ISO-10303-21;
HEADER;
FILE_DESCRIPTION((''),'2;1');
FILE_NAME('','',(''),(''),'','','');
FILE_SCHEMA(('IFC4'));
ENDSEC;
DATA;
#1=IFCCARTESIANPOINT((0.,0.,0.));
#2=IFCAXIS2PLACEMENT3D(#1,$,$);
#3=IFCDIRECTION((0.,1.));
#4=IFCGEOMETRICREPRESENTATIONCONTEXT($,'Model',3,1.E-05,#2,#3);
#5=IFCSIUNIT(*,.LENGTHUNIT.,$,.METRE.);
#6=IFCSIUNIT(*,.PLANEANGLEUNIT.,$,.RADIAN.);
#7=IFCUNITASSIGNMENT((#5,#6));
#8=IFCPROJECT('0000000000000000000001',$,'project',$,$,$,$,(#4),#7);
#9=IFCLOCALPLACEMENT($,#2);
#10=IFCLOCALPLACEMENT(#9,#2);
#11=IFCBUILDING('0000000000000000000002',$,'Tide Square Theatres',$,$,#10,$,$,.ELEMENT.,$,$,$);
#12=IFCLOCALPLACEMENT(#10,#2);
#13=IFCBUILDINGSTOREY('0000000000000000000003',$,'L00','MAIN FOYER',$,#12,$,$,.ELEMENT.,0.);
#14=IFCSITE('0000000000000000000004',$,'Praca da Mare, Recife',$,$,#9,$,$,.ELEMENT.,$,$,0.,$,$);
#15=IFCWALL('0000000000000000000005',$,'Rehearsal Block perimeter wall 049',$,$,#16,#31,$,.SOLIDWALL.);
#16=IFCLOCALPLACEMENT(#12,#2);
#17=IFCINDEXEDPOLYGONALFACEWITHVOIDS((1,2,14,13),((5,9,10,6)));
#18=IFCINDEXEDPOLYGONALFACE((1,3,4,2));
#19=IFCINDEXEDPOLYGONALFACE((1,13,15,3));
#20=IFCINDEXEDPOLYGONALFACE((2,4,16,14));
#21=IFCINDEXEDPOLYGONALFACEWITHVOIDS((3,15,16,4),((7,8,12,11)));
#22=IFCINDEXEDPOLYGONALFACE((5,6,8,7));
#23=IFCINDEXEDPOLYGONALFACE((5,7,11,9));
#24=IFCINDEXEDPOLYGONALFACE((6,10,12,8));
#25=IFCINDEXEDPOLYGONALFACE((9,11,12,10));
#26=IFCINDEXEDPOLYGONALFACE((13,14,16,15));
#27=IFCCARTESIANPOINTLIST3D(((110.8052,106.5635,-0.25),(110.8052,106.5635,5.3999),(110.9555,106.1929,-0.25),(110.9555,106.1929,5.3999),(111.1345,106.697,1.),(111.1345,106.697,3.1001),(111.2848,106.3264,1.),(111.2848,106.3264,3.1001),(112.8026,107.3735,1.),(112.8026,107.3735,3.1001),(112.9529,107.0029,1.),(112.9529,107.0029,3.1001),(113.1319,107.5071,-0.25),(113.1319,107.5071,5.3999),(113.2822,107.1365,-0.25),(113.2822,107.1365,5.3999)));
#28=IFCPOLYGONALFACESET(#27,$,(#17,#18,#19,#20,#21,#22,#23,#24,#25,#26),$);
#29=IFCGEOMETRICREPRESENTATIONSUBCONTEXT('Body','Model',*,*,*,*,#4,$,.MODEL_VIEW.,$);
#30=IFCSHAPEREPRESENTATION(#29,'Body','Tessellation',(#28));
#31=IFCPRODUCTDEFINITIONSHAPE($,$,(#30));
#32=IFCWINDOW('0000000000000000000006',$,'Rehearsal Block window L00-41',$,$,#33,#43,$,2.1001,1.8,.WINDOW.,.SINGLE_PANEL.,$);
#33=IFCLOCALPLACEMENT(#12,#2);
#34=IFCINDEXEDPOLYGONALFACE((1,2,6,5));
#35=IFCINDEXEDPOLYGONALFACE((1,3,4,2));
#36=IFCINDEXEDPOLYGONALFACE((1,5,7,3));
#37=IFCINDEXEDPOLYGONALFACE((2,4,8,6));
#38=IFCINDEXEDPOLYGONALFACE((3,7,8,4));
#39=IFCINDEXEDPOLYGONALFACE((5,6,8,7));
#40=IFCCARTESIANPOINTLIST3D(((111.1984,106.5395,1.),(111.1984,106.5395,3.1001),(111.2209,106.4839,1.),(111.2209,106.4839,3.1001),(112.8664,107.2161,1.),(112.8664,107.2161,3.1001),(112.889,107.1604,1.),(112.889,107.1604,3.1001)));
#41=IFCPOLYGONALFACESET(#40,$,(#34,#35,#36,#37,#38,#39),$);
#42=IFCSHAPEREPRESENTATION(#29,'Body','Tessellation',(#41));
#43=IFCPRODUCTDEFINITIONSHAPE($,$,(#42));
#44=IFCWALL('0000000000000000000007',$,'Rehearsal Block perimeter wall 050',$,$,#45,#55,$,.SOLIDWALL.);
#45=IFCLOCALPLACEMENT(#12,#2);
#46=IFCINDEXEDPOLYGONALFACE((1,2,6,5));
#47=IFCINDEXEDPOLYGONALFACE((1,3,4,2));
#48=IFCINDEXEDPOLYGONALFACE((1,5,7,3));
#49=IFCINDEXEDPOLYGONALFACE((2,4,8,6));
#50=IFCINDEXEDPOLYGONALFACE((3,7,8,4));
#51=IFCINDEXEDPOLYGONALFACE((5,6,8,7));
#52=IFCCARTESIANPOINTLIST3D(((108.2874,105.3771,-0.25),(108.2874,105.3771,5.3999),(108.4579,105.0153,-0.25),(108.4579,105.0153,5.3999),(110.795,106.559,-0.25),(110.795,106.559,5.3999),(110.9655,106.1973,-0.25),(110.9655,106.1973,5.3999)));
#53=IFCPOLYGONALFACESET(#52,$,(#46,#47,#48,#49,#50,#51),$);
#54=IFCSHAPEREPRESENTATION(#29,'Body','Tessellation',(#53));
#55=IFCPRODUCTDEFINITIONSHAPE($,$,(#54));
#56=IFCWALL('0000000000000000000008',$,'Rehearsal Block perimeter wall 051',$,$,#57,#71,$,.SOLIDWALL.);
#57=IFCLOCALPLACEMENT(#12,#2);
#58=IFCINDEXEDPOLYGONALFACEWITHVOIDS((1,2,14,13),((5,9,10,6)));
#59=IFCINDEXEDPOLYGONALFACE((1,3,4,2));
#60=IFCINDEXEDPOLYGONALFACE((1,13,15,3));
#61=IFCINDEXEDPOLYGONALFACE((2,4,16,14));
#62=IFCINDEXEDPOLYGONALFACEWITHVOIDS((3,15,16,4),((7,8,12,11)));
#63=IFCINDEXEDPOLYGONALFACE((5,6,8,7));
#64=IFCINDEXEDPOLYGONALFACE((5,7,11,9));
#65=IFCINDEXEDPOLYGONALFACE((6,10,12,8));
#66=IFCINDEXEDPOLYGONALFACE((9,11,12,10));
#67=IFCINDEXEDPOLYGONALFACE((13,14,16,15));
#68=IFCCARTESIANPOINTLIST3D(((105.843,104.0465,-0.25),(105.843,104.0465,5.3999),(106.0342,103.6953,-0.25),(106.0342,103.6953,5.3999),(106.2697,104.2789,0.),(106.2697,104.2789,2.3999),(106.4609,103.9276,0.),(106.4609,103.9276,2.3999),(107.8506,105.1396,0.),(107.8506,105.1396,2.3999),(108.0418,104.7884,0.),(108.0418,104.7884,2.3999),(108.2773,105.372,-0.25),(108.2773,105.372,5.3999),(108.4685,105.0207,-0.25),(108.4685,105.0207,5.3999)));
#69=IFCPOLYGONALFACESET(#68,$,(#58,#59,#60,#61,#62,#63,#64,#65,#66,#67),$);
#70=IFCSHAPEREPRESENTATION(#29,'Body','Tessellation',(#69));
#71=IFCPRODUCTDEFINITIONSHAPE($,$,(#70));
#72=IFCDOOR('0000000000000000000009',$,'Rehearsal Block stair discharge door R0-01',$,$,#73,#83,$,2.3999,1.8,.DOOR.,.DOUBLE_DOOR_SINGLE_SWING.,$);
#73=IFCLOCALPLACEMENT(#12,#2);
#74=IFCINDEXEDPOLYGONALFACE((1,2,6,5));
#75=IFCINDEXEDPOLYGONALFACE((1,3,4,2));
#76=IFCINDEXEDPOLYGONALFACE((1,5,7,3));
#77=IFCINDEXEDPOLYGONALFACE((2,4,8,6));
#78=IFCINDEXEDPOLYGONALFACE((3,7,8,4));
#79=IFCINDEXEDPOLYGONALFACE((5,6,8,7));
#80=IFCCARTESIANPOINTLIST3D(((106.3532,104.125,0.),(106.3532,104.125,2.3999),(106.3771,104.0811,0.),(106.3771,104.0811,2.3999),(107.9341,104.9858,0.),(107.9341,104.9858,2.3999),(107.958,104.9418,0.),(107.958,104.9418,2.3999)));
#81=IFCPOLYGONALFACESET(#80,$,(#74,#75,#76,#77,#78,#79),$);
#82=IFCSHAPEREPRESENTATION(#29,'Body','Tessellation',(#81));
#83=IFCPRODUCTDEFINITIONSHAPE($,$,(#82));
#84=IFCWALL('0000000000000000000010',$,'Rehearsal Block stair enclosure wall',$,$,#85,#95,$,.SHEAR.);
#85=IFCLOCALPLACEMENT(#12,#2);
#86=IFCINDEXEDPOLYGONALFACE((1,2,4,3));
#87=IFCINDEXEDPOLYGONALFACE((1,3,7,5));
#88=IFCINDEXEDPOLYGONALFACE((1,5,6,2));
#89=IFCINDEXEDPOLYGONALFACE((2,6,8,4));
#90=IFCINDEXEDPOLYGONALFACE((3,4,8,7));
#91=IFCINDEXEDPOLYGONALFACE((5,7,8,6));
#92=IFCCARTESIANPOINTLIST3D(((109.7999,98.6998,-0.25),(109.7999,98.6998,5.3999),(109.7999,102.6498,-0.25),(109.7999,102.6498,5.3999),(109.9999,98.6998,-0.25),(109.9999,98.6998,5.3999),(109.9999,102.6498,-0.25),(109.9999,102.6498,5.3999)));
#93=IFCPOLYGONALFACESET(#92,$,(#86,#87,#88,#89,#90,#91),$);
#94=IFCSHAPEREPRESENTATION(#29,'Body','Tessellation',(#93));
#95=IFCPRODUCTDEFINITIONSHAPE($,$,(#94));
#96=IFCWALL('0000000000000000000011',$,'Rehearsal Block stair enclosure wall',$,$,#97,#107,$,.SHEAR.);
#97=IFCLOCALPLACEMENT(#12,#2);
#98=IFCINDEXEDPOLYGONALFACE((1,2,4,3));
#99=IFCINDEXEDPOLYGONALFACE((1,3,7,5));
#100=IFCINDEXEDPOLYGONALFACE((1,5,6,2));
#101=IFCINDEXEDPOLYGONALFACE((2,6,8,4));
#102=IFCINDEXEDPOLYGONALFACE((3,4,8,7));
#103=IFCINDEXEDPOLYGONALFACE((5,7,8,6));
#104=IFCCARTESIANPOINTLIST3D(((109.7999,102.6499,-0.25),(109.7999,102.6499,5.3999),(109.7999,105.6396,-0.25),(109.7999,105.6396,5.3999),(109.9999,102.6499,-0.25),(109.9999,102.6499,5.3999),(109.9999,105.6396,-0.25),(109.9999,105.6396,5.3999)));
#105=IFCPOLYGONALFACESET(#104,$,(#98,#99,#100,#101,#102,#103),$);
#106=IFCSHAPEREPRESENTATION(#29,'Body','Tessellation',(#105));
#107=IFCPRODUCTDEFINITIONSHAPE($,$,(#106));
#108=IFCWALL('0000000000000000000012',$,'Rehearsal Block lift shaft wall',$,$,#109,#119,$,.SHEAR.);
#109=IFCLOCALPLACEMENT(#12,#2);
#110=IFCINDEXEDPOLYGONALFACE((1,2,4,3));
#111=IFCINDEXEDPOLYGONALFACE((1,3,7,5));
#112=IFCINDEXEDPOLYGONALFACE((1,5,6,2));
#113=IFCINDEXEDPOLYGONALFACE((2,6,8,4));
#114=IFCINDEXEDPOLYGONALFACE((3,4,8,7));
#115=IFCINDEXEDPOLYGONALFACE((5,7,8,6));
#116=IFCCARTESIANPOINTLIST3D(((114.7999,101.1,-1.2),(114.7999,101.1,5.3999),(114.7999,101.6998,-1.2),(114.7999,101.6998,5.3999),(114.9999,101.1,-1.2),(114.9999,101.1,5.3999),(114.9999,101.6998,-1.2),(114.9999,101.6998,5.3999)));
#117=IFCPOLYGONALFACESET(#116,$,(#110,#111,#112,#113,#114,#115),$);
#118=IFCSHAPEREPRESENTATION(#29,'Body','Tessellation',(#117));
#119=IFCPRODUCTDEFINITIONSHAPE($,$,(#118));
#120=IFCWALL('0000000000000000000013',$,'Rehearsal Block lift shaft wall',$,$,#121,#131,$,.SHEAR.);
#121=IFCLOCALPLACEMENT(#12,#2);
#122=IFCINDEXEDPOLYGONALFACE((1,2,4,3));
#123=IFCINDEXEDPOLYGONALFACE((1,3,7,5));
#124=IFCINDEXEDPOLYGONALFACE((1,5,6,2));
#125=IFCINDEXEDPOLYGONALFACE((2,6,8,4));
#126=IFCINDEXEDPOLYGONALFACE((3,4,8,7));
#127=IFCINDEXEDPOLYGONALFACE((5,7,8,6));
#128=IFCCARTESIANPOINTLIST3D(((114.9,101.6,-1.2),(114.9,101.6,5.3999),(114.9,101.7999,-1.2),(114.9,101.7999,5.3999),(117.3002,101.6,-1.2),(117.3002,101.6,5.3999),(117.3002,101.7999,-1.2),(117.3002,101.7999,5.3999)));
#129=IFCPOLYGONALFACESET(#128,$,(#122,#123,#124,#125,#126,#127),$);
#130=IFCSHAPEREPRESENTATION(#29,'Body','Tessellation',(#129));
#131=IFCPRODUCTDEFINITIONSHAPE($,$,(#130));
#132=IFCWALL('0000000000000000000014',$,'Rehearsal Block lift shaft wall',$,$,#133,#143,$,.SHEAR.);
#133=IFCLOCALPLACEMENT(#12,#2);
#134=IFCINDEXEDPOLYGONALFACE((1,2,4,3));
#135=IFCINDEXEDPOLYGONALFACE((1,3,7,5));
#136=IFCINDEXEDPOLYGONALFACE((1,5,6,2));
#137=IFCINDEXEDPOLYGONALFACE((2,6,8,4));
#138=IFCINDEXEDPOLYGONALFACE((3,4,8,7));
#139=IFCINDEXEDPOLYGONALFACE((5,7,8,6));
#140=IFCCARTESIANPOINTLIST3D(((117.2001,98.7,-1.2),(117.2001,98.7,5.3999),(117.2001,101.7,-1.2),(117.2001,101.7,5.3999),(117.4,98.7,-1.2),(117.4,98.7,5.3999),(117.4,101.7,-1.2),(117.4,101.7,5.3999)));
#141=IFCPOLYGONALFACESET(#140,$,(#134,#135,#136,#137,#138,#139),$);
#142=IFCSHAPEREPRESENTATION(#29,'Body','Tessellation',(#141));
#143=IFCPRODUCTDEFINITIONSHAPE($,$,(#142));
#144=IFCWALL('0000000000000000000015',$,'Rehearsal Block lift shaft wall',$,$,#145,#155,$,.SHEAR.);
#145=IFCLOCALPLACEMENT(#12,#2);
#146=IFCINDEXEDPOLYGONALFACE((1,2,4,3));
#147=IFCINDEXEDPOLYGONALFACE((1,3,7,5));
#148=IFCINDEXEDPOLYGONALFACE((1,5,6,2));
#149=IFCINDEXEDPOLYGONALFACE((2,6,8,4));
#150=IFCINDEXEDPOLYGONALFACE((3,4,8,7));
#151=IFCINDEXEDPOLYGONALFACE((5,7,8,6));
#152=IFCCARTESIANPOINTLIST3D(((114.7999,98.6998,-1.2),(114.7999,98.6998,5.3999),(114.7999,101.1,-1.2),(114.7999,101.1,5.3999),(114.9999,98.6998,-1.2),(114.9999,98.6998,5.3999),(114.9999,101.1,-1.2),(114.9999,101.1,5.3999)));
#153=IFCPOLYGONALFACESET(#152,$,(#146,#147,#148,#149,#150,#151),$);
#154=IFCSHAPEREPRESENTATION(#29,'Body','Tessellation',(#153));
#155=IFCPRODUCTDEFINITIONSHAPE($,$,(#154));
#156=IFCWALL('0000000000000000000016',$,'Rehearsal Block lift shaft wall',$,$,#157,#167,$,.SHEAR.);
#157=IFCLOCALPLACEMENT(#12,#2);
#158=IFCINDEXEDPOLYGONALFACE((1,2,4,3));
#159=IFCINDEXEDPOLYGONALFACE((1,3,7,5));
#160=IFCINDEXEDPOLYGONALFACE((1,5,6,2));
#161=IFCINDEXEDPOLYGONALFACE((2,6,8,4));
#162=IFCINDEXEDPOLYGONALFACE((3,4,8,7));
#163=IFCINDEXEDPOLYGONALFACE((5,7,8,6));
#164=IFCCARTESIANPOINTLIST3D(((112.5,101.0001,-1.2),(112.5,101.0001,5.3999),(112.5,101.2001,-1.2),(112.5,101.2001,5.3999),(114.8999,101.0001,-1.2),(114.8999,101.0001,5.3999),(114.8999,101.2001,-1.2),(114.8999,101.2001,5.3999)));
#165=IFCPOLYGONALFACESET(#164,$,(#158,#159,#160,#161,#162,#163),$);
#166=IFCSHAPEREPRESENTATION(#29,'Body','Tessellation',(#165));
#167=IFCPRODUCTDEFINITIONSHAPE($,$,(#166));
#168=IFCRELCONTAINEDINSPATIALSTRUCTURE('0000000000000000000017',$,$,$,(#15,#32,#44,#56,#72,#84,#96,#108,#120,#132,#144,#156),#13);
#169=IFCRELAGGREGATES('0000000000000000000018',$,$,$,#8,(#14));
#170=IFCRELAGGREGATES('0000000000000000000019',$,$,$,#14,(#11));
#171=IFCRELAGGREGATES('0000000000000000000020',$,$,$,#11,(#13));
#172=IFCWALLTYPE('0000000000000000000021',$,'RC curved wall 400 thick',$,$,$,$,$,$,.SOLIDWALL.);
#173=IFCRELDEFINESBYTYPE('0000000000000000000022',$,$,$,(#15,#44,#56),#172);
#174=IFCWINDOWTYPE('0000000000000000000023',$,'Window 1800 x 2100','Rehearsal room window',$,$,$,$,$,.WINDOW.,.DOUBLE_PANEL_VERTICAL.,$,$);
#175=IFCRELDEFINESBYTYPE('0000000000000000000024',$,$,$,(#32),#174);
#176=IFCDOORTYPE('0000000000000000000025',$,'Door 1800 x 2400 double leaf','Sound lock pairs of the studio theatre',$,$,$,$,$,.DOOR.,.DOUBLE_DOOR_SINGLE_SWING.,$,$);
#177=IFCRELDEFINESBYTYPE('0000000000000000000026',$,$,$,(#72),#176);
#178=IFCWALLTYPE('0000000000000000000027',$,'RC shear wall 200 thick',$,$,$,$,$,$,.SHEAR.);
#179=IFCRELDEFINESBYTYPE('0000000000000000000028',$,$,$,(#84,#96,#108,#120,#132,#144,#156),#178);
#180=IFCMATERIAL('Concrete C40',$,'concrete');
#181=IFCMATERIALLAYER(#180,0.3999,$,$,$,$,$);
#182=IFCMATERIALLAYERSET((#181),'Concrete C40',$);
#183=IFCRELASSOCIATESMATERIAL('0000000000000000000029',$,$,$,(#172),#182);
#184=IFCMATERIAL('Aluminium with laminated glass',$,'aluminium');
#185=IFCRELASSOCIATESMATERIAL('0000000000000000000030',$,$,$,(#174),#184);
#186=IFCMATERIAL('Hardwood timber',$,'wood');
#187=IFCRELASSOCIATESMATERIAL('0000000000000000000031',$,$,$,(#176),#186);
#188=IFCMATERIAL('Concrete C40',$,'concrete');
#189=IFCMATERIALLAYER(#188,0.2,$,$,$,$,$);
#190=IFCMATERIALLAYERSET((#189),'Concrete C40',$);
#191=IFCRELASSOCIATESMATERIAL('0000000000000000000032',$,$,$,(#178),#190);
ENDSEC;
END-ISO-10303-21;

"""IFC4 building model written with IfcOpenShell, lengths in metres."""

from ifc_helpers import new_model, si_unit, direction, frame, frame_2d, origin, place, context, subcontext, project, spatial, rectangle, extrude, material, layer, layer_set, type_object, element, fill, save


model = new_model("IFC4")

# Units and contexts
model_context = context("Model", 3, precision=1e-05, world=origin(), true_north=direction((0.0, 1.0)))
body_context = subcontext(model_context, "Body", "Model", "MODEL_VIEW")
ifc_project = project(units=[si_unit("LENGTHUNIT", "METRE"), si_unit("PLANEANGLEUNIT", "RADIAN")], contexts=[model_context])

# Site, building, storey
site_placement = place(None, origin())
site = spatial("IfcSite", under=ifc_project, at=site_placement, Name="Praca da Mare, Recife", CompositionType="ELEMENT", RefElevation=0.0)
building_placement = place(site_placement, origin())
building = spatial("IfcBuilding", under=site, at=building_placement, Name="Tide Square Theatres", CompositionType="ELEMENT")
storey_placement = place(building_placement, origin())
storey = spatial("IfcBuildingStorey", under=building, at=storey_placement, Name="L00", Description="MAIN FOYER", CompositionType="ELEMENT", Elevation=0.0)

# Wall, opening, window
ifc_material_1 = material(Name="Concrete C40", Category="concrete")
ifc_layer_1 = layer(ifc_material_1, 0.3999)
ifc_layer_set_1 = layer_set([ifc_layer_1], Name="Concrete C40")
wall_type_1 = type_object("IfcWallType", Name="RC curved wall 400 thick", PredefinedType="SOLIDWALL", material=ifc_layer_set_1)
ifc_material_2 = material(Name="Aluminium with laminated glass", Category="aluminium")
window_type = type_object("IfcWindowType", Name="Window 1800 x 2100", Description="Rehearsal room window", PartitioningType="DOUBLE_PANEL_VERTICAL", PredefinedType="WINDOW", material=ifc_material_2)
wall_1_placement = place(storey_placement, frame((113.207, 107.3218, -0.25), z_axis=(0.0, 0.0, 1.0), x_axis=(-0.926689, -0.375829, 0.0)))
wall_1 = element("IfcWall", 1, at=wall_1_placement, inside=storey, type_object=wall_type_1, Name="Rehearsal Block perimeter wall 049", PredefinedType="SOLIDWALL", context=body_context, shape_type="SweptSolid", body=[
    extrude(rectangle(XDim=2.5107, YDim=0.3999, at=frame_2d((1.2554, 0.0))), origin(), (0.0, 0.0, 1.0), 5.6499),
])
opening_1_placement = place(wall_1_placement, frame((0.3555, 0.0, 1.25)))
opening_1 = element("IfcOpeningElement", 2, at=opening_1_placement, cuts=wall_1, PredefinedType="OPENING", context=body_context, shape_type="SweptSolid", body=[
    extrude(rectangle(XDim=1.8, YDim=2.1001, at=frame_2d((0.8999, 1.05))), frame((0.0, 0.21, 0.0), z_axis=(0.0, -1.0, 0.0), x_axis=(1.0, 0.0, 0.0)), (0.0, 0.0, 1.0), 0.4199),
])
window_1_placement = place(opening_1_placement, origin())
window_1 = element("IfcWindow", 3, at=window_1_placement, inside=storey, type_object=window_type, Name="Rehearsal Block window L00-41", OverallHeight=2.1001, OverallWidth=1.8, PartitioningType="SINGLE_PANEL", PredefinedType="WINDOW", context=body_context, shape_type="SweptSolid", body=[
    extrude(rectangle(XDim=1.8, YDim=2.1001, at=frame_2d((0.8999, 1.05))), frame((0.0, 0.03, 0.0), z_axis=(0.0, -1.0, 0.0), x_axis=(1.0, 0.0, 0.0)), (0.0, 0.0, 1.0), 0.0601),
])
fill(opening_1, window_1)

# Wall
wall_2_placement = place(storey_placement, frame((110.8804, 106.3782, -0.25), z_axis=(0.0, 0.0, 1.0), x_axis=(-0.904561, -0.426344, 0.0)))
element("IfcWall", 4, at=wall_2_placement, inside=storey, type_object=wall_type_1, Name="Rehearsal Block perimeter wall 050", PredefinedType="SOLIDWALL", context=body_context, shape_type="SweptSolid", body=[
    extrude(rectangle(XDim=2.7722, YDim=0.3999, at=frame_2d((1.3862, 0.0))), origin(), (0.0, 0.0, 1.0), 5.6499),
])

# Wall, opening, door
wall_3_placement = place(storey_placement, frame((108.3728, 105.1963, -0.25), z_axis=(0.0, 0.0, 1.0), x_axis=(-0.878256, -0.478192, 0.0)))
wall_3 = element("IfcWall", 5, at=wall_3_placement, inside=storey, type_object=wall_type_1, Name="Rehearsal Block perimeter wall 051", PredefinedType="SOLIDWALL", context=body_context, shape_type="SweptSolid", body=[
    extrude(rectangle(XDim=2.7717, YDim=0.3999, at=frame_2d((1.3857, 0.0))), origin(), (0.0, 0.0, 1.0), 5.6499),
])
opening_2_placement = place(wall_3_placement, frame((0.4858, 0.0, 0.25)))
opening_2 = element("IfcOpeningElement", 6, at=opening_2_placement, cuts=wall_3, PredefinedType="OPENING", context=body_context, shape_type="SweptSolid", body=[
    extrude(rectangle(XDim=1.8, YDim=2.3999, at=frame_2d((0.8999, 1.2))), frame((0.0, 0.21, 0.0), z_axis=(0.0, -1.0, 0.0), x_axis=(1.0, 0.0, 0.0)), (0.0, 0.0, 1.0), 0.4199),
])
ifc_material_3 = material(Name="Hardwood timber", Category="wood")
door_type = type_object("IfcDoorType", Name="Door 1800 x 2400 double leaf", Description="Sound lock pairs of the studio theatre", OperationType="DOUBLE_DOOR_SINGLE_SWING", PredefinedType="DOOR", material=ifc_material_3)
door_placement = place(opening_2_placement, frame((1.8, 0.0, 0.0), z_axis=(0.0, 0.0, 1.0), x_axis=(-1.0, 0.0, 0.0)))
door = element("IfcDoor", 7, at=door_placement, inside=storey, type_object=door_type, Name="Rehearsal Block stair discharge door R0-01", OperationType="DOUBLE_DOOR_SINGLE_SWING", OverallHeight=2.3999, OverallWidth=1.8, PredefinedType="DOOR", context=body_context, shape_type="SweptSolid", body=[
    extrude(rectangle(XDim=1.8, YDim=2.3999, at=frame_2d((0.8999, 1.2))), frame((0.0, 0.0249, 0.0), z_axis=(0.0, -1.0, 0.0), x_axis=(1.0, 0.0, 0.0)), (0.0, 0.0, 1.0), 0.05),
])
fill(opening_2, door)

# Walls
ifc_material_4 = material(Name="Concrete C40", Category="concrete")
ifc_layer_2 = layer(ifc_material_4, 0.2)
ifc_layer_set_2 = layer_set([ifc_layer_2], Name="Concrete C40")
wall_type_2 = type_object("IfcWallType", Name="RC shear wall 200 thick", PredefinedType="SHEAR", material=ifc_layer_set_2)
wall_4_placement = place(storey_placement, frame((109.8999, 102.6499, -0.25), z_axis=(0.0, 0.0, 1.0), x_axis=(0.0, -1.0, 0.0)))
element("IfcWall", 8, at=wall_4_placement, inside=storey, type_object=wall_type_2, Name="Rehearsal Block stair enclosure wall", PredefinedType="SHEAR", context=body_context, shape_type="SweptSolid", body=[
    extrude(rectangle(XDim=3.95, YDim=0.2, at=frame_2d((1.9751, 0.0))), origin(), (0.0, 0.0, 1.0), 5.6499),
])
wall_5_placement = place(storey_placement, frame((109.8999, 105.6396, -0.25), z_axis=(0.0, 0.0, 1.0), x_axis=(0.0, -1.0, 0.0)))
element("IfcWall", 9, at=wall_5_placement, inside=storey, type_object=wall_type_2, Name="Rehearsal Block stair enclosure wall", PredefinedType="SHEAR", context=body_context, shape_type="SweptSolid", body=[
    extrude(rectangle(XDim=2.9897, YDim=0.2, at=frame_2d((1.4949, 0.0))), origin(), (0.0, 0.0, 1.0), 5.6499),
])
wall_6_placement = place(storey_placement, frame((114.8999, 101.1001, -1.2), z_axis=(0.0, 0.0, 1.0), x_axis=(0.0, 1.0, 0.0)))
element("IfcWall", 10, at=wall_6_placement, inside=storey, type_object=wall_type_2, Name="Rehearsal Block lift shaft wall", PredefinedType="SHEAR", context=body_context, shape_type="SweptSolid", body=[
    extrude(rectangle(XDim=0.5999, YDim=0.2, at=frame_2d((0.2998, 0.0))), origin(), (0.0, 0.0, 1.0), 6.5999),
])
wall_7_placement = place(storey_placement, frame((114.8999, 101.7, -1.2), z_axis=(0.0, 0.0, 1.0), x_axis=(1.0, 0.0, 0.0)))
element("IfcWall", 11, at=wall_7_placement, inside=storey, type_object=wall_type_2, Name="Rehearsal Block lift shaft wall", PredefinedType="SHEAR", context=body_context, shape_type="SweptSolid", body=[
    extrude(rectangle(XDim=2.4001, YDim=0.2, at=frame_2d((1.2002, 0.0))), origin(), (0.0, 0.0, 1.0), 6.5999),
])
wall_8_placement = place(storey_placement, frame((117.3, 101.7, -1.2), z_axis=(0.0, 0.0, 1.0), x_axis=(0.0, -1.0, 0.0)))
element("IfcWall", 12, at=wall_8_placement, inside=storey, type_object=wall_type_2, Name="Rehearsal Block lift shaft wall", PredefinedType="SHEAR", context=body_context, shape_type="SweptSolid", body=[
    extrude(rectangle(XDim=3.0, YDim=0.2, at=frame_2d((1.5, 0.0))), origin(), (0.0, 0.0, 1.0), 6.5999),
])
wall_9_placement = place(storey_placement, frame((114.8999, 101.1001, -1.2), z_axis=(0.0, 0.0, 1.0), x_axis=(0.0, -1.0, 0.0)))
element("IfcWall", 13, at=wall_9_placement, inside=storey, type_object=wall_type_2, Name="Rehearsal Block lift shaft wall", PredefinedType="SHEAR", context=body_context, shape_type="SweptSolid", body=[
    extrude(rectangle(XDim=2.4001, YDim=0.2, at=frame_2d((1.2002, 0.0))), origin(), (0.0, 0.0, 1.0), 6.5999),
])
wall_10_placement = place(storey_placement, frame((112.5, 101.1001, -1.2), z_axis=(0.0, 0.0, 1.0), x_axis=(1.0, 0.0, 0.0)))
element("IfcWall", 14, at=wall_10_placement, inside=storey, type_object=wall_type_2, Name="Rehearsal Block lift shaft wall", PredefinedType="SHEAR", context=body_context, shape_type="SweptSolid", body=[
    extrude(rectangle(XDim=2.3999, YDim=0.2, at=frame_2d((1.2, 0.0))), origin(), (0.0, 0.0, 1.0), 6.5999),
])

save(model, "model.ifc")
